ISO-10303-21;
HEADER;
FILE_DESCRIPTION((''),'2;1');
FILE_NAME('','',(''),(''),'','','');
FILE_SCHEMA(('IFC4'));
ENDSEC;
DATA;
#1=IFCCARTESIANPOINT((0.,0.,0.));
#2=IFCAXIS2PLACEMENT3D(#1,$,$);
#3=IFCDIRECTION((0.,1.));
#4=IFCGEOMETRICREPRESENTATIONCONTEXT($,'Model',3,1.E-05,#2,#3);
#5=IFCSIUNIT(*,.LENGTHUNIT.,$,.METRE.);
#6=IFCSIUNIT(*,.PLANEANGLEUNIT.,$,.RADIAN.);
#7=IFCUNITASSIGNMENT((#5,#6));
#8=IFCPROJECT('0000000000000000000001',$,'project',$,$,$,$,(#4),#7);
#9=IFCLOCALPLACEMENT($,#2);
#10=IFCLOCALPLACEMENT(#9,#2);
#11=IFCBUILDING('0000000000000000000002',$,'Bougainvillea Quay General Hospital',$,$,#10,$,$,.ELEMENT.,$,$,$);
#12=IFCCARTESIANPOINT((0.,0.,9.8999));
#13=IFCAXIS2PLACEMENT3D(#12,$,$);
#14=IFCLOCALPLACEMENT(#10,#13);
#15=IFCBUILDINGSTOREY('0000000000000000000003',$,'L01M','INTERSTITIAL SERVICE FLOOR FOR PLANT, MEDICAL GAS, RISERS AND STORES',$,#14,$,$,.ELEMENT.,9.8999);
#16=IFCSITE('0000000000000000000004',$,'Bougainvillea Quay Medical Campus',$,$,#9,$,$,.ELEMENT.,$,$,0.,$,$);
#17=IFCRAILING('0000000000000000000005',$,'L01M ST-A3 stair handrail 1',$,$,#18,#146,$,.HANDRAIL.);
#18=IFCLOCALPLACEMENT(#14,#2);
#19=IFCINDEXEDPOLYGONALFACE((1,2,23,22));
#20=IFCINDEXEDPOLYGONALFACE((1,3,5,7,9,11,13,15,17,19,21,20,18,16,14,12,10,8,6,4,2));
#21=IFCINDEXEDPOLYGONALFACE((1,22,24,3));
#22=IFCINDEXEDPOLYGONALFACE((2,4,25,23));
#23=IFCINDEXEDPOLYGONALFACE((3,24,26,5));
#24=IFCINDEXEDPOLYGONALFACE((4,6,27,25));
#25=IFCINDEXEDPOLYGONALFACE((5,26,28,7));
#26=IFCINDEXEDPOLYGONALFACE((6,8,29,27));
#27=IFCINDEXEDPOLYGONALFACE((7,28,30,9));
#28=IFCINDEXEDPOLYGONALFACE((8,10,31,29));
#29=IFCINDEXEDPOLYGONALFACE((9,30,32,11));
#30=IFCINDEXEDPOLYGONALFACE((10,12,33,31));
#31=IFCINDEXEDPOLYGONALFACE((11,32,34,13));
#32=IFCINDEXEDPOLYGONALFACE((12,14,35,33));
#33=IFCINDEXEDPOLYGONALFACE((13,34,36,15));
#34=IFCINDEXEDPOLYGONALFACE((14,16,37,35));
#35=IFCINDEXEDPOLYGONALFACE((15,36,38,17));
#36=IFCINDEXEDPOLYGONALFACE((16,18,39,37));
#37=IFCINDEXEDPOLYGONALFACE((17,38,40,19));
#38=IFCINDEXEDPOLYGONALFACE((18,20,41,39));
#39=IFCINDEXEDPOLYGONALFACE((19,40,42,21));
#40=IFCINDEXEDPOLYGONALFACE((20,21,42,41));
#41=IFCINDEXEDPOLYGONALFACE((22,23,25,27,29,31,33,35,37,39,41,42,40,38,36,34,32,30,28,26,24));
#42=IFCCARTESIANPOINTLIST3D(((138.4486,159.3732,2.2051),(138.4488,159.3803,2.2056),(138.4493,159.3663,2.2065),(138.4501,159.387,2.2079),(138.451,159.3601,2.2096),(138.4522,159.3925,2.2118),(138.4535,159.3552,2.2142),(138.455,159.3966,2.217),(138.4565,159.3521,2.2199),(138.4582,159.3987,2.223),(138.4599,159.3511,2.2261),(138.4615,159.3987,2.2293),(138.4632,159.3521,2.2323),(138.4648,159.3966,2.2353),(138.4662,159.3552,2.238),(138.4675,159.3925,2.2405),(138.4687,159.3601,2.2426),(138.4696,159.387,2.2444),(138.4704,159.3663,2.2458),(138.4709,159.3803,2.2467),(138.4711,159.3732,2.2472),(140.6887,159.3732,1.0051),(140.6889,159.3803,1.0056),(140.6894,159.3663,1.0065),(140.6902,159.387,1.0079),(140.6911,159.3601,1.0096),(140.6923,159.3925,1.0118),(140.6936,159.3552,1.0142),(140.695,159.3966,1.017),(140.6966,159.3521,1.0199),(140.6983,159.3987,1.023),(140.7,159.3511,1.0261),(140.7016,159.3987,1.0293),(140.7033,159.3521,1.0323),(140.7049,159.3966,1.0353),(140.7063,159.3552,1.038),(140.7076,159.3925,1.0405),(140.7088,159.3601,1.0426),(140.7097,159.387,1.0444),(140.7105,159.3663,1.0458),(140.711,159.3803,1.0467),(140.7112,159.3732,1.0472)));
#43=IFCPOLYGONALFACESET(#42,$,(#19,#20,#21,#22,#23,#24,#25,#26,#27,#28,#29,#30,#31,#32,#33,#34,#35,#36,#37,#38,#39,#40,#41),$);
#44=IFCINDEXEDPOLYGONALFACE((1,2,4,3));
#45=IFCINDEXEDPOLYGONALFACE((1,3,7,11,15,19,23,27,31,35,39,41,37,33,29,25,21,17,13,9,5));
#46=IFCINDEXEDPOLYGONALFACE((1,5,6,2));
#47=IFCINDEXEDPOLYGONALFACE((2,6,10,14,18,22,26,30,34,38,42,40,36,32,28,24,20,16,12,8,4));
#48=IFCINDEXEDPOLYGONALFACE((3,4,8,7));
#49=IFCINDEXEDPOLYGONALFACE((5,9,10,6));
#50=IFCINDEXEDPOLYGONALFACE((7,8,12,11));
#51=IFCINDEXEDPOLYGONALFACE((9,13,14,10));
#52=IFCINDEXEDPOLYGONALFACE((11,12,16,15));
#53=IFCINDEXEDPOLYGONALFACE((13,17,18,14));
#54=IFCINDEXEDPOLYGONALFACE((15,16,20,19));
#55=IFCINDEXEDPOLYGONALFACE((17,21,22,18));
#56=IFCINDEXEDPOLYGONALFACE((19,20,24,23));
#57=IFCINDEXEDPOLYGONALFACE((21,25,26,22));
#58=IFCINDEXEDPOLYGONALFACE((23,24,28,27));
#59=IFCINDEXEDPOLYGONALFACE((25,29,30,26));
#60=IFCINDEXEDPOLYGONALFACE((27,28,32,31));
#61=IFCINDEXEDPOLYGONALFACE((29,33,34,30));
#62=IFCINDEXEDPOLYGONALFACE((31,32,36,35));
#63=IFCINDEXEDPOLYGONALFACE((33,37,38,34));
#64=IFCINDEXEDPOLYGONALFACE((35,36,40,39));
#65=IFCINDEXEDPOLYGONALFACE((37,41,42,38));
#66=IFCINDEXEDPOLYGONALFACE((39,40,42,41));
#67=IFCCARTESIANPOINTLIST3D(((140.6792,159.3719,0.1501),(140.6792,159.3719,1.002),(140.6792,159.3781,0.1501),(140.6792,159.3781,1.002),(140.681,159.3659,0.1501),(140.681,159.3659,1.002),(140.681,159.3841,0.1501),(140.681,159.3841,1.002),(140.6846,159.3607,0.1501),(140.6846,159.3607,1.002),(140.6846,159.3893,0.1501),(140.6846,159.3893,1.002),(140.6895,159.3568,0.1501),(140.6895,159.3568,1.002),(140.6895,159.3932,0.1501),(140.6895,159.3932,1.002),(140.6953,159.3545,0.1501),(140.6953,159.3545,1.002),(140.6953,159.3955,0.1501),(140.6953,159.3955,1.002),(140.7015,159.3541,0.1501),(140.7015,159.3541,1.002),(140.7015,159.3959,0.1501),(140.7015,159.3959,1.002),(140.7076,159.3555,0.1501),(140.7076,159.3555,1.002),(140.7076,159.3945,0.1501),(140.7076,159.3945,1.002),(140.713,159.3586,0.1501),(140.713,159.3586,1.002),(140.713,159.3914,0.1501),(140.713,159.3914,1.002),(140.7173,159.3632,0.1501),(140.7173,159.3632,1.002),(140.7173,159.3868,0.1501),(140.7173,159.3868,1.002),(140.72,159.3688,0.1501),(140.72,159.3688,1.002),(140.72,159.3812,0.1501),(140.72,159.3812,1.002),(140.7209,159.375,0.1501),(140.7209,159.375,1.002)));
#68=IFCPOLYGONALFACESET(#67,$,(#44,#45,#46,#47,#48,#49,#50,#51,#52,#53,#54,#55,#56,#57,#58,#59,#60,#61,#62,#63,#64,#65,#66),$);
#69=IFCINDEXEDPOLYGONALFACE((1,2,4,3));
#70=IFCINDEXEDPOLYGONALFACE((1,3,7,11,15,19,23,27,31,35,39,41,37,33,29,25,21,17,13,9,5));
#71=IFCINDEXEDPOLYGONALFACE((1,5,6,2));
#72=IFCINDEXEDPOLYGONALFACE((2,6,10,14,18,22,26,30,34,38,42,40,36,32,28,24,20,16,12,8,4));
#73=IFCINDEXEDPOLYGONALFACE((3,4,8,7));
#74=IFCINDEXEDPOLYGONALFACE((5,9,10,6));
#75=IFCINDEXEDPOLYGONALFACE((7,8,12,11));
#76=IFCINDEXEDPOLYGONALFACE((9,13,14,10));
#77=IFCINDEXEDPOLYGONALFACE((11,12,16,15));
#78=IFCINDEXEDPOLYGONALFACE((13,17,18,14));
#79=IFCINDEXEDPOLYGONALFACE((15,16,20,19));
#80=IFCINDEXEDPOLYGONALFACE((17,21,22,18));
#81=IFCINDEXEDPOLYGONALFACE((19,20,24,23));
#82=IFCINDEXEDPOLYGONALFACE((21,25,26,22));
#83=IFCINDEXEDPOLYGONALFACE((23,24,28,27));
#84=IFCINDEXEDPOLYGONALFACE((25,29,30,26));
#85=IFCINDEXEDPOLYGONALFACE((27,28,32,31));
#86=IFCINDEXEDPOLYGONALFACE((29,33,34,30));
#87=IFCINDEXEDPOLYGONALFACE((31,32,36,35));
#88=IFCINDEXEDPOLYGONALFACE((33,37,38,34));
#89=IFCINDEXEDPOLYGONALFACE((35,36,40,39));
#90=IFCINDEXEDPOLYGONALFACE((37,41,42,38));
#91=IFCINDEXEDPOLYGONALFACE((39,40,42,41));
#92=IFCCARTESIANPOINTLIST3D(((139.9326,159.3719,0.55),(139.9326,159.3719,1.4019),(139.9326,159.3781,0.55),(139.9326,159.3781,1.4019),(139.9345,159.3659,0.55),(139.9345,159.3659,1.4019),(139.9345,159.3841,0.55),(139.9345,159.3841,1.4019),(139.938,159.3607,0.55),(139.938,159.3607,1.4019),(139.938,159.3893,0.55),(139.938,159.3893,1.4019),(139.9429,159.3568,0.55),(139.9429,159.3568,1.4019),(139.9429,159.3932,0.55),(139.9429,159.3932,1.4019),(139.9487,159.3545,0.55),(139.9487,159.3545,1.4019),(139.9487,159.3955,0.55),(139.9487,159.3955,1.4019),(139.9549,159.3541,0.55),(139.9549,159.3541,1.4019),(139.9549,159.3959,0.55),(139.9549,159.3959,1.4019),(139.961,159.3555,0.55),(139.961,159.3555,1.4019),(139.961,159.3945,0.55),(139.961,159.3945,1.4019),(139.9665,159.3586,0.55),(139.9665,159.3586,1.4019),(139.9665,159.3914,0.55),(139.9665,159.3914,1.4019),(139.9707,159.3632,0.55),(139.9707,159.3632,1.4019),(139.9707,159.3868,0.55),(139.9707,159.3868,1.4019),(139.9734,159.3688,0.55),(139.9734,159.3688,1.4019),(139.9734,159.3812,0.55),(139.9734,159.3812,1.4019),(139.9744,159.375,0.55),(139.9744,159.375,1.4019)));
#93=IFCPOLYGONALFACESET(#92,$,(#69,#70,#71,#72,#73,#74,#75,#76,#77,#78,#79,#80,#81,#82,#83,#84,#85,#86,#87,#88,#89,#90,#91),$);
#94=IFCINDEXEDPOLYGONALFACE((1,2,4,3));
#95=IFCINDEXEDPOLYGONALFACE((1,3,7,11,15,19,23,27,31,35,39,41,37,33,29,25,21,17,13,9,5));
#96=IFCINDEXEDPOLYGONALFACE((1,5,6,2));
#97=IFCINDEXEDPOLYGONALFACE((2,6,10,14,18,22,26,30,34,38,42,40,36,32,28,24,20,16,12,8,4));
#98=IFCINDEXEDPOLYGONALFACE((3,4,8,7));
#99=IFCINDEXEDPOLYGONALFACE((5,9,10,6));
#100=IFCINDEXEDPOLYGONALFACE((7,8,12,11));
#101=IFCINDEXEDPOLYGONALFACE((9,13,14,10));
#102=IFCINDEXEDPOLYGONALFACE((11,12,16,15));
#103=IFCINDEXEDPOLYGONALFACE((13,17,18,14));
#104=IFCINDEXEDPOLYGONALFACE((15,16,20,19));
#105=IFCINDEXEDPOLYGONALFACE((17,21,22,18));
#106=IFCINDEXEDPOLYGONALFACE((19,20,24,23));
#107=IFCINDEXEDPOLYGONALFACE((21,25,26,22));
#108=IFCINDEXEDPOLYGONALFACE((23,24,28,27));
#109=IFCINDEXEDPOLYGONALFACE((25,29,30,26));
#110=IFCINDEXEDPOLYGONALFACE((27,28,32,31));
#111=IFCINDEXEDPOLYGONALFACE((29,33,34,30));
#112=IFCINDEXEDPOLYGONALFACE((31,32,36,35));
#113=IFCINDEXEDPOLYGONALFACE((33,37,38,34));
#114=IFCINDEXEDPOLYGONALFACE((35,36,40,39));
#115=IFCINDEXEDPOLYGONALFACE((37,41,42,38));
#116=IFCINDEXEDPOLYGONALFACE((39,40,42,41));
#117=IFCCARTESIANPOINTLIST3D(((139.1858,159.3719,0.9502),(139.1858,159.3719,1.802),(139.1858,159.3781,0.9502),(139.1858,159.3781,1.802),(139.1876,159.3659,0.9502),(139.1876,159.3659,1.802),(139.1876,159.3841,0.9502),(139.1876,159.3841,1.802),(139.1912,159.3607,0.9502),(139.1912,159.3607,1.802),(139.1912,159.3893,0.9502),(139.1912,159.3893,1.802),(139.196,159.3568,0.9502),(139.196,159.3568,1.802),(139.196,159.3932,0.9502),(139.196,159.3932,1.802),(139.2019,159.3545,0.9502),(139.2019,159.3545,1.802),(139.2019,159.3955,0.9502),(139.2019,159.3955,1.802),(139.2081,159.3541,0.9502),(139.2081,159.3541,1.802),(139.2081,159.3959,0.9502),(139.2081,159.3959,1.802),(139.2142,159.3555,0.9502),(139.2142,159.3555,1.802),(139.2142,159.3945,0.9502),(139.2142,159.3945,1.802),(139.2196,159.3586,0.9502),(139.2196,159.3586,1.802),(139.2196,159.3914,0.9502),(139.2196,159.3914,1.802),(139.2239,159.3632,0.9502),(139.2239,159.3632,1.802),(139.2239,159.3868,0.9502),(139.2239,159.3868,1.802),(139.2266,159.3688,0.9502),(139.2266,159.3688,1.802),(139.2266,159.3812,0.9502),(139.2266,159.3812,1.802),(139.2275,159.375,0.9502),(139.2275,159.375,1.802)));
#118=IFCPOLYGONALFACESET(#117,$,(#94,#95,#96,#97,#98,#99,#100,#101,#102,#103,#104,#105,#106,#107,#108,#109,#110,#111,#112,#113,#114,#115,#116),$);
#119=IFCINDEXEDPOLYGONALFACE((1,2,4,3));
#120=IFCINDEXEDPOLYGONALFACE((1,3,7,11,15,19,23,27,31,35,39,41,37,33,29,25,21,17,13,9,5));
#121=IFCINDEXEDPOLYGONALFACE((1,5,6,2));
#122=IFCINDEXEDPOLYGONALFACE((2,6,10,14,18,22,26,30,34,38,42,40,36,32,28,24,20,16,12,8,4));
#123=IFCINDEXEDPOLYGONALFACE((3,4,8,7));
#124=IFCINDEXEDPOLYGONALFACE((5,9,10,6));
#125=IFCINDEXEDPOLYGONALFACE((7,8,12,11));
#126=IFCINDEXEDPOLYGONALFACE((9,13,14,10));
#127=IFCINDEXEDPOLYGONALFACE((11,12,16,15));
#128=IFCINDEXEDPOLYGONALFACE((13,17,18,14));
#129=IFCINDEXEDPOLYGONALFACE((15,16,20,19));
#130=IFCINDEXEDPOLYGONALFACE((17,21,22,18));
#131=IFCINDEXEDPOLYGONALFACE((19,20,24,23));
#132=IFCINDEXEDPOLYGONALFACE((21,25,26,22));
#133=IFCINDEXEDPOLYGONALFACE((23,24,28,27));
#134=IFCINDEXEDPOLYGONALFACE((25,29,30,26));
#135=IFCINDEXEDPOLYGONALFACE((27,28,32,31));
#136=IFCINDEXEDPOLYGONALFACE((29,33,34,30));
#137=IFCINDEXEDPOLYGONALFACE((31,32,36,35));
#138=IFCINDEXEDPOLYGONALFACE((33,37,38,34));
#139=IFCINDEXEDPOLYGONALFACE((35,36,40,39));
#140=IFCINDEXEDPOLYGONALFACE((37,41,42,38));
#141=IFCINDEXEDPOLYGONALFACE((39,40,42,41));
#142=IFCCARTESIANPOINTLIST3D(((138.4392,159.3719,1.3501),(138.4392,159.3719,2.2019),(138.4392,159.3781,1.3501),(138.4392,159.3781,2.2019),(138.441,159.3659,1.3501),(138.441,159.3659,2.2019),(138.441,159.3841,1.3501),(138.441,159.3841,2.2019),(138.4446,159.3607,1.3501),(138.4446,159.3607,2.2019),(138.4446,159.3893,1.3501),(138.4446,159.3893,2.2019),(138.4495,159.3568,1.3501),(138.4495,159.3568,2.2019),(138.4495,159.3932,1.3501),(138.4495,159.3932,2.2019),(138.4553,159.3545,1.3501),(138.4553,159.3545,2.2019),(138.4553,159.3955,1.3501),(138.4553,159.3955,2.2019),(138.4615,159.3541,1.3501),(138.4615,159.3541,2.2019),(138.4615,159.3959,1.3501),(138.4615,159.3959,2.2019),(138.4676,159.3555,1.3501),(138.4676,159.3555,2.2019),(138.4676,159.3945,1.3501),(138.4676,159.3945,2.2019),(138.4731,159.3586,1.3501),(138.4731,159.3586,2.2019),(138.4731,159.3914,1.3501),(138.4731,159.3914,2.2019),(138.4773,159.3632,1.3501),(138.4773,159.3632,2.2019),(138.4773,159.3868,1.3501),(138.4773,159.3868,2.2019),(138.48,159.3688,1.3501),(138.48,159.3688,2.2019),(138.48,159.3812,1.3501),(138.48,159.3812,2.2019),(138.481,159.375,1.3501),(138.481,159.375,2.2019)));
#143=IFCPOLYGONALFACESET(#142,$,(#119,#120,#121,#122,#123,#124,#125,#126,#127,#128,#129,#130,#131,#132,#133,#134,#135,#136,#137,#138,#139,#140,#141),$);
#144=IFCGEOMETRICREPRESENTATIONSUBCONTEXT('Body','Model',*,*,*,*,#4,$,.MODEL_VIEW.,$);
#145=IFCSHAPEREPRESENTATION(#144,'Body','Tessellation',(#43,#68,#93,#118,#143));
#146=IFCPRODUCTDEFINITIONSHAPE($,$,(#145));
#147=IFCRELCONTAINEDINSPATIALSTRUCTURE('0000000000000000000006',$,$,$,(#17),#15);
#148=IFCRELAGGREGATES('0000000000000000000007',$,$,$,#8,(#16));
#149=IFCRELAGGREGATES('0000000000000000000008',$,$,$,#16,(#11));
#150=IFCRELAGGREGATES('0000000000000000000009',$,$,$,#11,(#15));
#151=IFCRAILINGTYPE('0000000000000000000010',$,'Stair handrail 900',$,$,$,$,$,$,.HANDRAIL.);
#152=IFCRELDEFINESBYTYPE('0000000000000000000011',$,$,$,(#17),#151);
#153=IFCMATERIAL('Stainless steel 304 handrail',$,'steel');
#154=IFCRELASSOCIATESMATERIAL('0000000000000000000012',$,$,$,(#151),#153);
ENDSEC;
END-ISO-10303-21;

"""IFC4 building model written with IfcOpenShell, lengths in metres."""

from ifc_helpers import new_model, si_unit, direction, frame, origin, origin_2d, place, context, subcontext, project, spatial, circle, extrude, material, type_object, element, save


model = new_model("IFC4")

# Units and contexts
model_context = context("Model", 3, precision=1e-05, world=origin(), true_north=direction((0.0, 1.0)))
body_context = subcontext(model_context, "Body", "Model", "MODEL_VIEW")
ifc_project = project(units=[si_unit("LENGTHUNIT", "METRE"), si_unit("PLANEANGLEUNIT", "RADIAN")], contexts=[model_context])

# Site, building, storey
site_placement = place(None, origin())
site = spatial("IfcSite", under=ifc_project, at=site_placement, Name="Bougainvillea Quay Medical Campus", CompositionType="ELEMENT", RefElevation=0.0)
building_placement = place(site_placement, origin())
building = spatial("IfcBuilding", under=site, at=building_placement, Name="Bougainvillea Quay General Hospital", CompositionType="ELEMENT")
storey_placement = place(building_placement, frame((0.0, 0.0, 9.8999)))
storey = spatial("IfcBuildingStorey", under=building, at=storey_placement, Name="L01M", Description="INTERSTITIAL SERVICE FLOOR FOR PLANT, MEDICAL GAS, RISERS AND STORES", CompositionType="ELEMENT", Elevation=9.8999)

# Railing
ifc_material_1 = material(Name="Stainless steel 304 handrail", Category="steel")
railing_type_1 = type_object("IfcRailingType", Name="Stair handrail 900", PredefinedType="HANDRAIL", material=ifc_material_1)
railing_1_placement = place(storey_placement, frame((140.7, 159.375, 0.1501)))
element("IfcRailing", 1, at=railing_1_placement, inside=storey, type_object=railing_type_1, Name="L01M ST-A3 stair handrail 1", PredefinedType="HANDRAIL", context=body_context, shape_type="SweptSolid", body=[
    extrude(circle(Radius=0.0239, at=origin_2d()), frame((0.0, 0.0, 0.876), z_axis=(-0.881487, 0.0, 0.472208), x_axis=(0.0, -1.0, 0.0)), (0.0, 0.0, 1.0), 2.5413),
    extrude(circle(Radius=0.021, at=origin_2d()), origin(), (0.0, 0.0, 1.0), 0.8518),
    extrude(circle(Radius=0.021, at=origin_2d()), frame((-0.7466, 0.0, 0.3999)), (0.0, 0.0, 1.0), 0.8518),
    extrude(circle(Radius=0.021, at=origin_2d()), frame((-1.4934, 0.0, 0.8)), (0.0, 0.0, 1.0), 0.8518),
    extrude(circle(Radius=0.021, at=origin_2d()), frame((-2.24, 0.0, 1.2)), (0.0, 0.0, 1.0), 0.8518),
])

save(model, "model.ifc")
